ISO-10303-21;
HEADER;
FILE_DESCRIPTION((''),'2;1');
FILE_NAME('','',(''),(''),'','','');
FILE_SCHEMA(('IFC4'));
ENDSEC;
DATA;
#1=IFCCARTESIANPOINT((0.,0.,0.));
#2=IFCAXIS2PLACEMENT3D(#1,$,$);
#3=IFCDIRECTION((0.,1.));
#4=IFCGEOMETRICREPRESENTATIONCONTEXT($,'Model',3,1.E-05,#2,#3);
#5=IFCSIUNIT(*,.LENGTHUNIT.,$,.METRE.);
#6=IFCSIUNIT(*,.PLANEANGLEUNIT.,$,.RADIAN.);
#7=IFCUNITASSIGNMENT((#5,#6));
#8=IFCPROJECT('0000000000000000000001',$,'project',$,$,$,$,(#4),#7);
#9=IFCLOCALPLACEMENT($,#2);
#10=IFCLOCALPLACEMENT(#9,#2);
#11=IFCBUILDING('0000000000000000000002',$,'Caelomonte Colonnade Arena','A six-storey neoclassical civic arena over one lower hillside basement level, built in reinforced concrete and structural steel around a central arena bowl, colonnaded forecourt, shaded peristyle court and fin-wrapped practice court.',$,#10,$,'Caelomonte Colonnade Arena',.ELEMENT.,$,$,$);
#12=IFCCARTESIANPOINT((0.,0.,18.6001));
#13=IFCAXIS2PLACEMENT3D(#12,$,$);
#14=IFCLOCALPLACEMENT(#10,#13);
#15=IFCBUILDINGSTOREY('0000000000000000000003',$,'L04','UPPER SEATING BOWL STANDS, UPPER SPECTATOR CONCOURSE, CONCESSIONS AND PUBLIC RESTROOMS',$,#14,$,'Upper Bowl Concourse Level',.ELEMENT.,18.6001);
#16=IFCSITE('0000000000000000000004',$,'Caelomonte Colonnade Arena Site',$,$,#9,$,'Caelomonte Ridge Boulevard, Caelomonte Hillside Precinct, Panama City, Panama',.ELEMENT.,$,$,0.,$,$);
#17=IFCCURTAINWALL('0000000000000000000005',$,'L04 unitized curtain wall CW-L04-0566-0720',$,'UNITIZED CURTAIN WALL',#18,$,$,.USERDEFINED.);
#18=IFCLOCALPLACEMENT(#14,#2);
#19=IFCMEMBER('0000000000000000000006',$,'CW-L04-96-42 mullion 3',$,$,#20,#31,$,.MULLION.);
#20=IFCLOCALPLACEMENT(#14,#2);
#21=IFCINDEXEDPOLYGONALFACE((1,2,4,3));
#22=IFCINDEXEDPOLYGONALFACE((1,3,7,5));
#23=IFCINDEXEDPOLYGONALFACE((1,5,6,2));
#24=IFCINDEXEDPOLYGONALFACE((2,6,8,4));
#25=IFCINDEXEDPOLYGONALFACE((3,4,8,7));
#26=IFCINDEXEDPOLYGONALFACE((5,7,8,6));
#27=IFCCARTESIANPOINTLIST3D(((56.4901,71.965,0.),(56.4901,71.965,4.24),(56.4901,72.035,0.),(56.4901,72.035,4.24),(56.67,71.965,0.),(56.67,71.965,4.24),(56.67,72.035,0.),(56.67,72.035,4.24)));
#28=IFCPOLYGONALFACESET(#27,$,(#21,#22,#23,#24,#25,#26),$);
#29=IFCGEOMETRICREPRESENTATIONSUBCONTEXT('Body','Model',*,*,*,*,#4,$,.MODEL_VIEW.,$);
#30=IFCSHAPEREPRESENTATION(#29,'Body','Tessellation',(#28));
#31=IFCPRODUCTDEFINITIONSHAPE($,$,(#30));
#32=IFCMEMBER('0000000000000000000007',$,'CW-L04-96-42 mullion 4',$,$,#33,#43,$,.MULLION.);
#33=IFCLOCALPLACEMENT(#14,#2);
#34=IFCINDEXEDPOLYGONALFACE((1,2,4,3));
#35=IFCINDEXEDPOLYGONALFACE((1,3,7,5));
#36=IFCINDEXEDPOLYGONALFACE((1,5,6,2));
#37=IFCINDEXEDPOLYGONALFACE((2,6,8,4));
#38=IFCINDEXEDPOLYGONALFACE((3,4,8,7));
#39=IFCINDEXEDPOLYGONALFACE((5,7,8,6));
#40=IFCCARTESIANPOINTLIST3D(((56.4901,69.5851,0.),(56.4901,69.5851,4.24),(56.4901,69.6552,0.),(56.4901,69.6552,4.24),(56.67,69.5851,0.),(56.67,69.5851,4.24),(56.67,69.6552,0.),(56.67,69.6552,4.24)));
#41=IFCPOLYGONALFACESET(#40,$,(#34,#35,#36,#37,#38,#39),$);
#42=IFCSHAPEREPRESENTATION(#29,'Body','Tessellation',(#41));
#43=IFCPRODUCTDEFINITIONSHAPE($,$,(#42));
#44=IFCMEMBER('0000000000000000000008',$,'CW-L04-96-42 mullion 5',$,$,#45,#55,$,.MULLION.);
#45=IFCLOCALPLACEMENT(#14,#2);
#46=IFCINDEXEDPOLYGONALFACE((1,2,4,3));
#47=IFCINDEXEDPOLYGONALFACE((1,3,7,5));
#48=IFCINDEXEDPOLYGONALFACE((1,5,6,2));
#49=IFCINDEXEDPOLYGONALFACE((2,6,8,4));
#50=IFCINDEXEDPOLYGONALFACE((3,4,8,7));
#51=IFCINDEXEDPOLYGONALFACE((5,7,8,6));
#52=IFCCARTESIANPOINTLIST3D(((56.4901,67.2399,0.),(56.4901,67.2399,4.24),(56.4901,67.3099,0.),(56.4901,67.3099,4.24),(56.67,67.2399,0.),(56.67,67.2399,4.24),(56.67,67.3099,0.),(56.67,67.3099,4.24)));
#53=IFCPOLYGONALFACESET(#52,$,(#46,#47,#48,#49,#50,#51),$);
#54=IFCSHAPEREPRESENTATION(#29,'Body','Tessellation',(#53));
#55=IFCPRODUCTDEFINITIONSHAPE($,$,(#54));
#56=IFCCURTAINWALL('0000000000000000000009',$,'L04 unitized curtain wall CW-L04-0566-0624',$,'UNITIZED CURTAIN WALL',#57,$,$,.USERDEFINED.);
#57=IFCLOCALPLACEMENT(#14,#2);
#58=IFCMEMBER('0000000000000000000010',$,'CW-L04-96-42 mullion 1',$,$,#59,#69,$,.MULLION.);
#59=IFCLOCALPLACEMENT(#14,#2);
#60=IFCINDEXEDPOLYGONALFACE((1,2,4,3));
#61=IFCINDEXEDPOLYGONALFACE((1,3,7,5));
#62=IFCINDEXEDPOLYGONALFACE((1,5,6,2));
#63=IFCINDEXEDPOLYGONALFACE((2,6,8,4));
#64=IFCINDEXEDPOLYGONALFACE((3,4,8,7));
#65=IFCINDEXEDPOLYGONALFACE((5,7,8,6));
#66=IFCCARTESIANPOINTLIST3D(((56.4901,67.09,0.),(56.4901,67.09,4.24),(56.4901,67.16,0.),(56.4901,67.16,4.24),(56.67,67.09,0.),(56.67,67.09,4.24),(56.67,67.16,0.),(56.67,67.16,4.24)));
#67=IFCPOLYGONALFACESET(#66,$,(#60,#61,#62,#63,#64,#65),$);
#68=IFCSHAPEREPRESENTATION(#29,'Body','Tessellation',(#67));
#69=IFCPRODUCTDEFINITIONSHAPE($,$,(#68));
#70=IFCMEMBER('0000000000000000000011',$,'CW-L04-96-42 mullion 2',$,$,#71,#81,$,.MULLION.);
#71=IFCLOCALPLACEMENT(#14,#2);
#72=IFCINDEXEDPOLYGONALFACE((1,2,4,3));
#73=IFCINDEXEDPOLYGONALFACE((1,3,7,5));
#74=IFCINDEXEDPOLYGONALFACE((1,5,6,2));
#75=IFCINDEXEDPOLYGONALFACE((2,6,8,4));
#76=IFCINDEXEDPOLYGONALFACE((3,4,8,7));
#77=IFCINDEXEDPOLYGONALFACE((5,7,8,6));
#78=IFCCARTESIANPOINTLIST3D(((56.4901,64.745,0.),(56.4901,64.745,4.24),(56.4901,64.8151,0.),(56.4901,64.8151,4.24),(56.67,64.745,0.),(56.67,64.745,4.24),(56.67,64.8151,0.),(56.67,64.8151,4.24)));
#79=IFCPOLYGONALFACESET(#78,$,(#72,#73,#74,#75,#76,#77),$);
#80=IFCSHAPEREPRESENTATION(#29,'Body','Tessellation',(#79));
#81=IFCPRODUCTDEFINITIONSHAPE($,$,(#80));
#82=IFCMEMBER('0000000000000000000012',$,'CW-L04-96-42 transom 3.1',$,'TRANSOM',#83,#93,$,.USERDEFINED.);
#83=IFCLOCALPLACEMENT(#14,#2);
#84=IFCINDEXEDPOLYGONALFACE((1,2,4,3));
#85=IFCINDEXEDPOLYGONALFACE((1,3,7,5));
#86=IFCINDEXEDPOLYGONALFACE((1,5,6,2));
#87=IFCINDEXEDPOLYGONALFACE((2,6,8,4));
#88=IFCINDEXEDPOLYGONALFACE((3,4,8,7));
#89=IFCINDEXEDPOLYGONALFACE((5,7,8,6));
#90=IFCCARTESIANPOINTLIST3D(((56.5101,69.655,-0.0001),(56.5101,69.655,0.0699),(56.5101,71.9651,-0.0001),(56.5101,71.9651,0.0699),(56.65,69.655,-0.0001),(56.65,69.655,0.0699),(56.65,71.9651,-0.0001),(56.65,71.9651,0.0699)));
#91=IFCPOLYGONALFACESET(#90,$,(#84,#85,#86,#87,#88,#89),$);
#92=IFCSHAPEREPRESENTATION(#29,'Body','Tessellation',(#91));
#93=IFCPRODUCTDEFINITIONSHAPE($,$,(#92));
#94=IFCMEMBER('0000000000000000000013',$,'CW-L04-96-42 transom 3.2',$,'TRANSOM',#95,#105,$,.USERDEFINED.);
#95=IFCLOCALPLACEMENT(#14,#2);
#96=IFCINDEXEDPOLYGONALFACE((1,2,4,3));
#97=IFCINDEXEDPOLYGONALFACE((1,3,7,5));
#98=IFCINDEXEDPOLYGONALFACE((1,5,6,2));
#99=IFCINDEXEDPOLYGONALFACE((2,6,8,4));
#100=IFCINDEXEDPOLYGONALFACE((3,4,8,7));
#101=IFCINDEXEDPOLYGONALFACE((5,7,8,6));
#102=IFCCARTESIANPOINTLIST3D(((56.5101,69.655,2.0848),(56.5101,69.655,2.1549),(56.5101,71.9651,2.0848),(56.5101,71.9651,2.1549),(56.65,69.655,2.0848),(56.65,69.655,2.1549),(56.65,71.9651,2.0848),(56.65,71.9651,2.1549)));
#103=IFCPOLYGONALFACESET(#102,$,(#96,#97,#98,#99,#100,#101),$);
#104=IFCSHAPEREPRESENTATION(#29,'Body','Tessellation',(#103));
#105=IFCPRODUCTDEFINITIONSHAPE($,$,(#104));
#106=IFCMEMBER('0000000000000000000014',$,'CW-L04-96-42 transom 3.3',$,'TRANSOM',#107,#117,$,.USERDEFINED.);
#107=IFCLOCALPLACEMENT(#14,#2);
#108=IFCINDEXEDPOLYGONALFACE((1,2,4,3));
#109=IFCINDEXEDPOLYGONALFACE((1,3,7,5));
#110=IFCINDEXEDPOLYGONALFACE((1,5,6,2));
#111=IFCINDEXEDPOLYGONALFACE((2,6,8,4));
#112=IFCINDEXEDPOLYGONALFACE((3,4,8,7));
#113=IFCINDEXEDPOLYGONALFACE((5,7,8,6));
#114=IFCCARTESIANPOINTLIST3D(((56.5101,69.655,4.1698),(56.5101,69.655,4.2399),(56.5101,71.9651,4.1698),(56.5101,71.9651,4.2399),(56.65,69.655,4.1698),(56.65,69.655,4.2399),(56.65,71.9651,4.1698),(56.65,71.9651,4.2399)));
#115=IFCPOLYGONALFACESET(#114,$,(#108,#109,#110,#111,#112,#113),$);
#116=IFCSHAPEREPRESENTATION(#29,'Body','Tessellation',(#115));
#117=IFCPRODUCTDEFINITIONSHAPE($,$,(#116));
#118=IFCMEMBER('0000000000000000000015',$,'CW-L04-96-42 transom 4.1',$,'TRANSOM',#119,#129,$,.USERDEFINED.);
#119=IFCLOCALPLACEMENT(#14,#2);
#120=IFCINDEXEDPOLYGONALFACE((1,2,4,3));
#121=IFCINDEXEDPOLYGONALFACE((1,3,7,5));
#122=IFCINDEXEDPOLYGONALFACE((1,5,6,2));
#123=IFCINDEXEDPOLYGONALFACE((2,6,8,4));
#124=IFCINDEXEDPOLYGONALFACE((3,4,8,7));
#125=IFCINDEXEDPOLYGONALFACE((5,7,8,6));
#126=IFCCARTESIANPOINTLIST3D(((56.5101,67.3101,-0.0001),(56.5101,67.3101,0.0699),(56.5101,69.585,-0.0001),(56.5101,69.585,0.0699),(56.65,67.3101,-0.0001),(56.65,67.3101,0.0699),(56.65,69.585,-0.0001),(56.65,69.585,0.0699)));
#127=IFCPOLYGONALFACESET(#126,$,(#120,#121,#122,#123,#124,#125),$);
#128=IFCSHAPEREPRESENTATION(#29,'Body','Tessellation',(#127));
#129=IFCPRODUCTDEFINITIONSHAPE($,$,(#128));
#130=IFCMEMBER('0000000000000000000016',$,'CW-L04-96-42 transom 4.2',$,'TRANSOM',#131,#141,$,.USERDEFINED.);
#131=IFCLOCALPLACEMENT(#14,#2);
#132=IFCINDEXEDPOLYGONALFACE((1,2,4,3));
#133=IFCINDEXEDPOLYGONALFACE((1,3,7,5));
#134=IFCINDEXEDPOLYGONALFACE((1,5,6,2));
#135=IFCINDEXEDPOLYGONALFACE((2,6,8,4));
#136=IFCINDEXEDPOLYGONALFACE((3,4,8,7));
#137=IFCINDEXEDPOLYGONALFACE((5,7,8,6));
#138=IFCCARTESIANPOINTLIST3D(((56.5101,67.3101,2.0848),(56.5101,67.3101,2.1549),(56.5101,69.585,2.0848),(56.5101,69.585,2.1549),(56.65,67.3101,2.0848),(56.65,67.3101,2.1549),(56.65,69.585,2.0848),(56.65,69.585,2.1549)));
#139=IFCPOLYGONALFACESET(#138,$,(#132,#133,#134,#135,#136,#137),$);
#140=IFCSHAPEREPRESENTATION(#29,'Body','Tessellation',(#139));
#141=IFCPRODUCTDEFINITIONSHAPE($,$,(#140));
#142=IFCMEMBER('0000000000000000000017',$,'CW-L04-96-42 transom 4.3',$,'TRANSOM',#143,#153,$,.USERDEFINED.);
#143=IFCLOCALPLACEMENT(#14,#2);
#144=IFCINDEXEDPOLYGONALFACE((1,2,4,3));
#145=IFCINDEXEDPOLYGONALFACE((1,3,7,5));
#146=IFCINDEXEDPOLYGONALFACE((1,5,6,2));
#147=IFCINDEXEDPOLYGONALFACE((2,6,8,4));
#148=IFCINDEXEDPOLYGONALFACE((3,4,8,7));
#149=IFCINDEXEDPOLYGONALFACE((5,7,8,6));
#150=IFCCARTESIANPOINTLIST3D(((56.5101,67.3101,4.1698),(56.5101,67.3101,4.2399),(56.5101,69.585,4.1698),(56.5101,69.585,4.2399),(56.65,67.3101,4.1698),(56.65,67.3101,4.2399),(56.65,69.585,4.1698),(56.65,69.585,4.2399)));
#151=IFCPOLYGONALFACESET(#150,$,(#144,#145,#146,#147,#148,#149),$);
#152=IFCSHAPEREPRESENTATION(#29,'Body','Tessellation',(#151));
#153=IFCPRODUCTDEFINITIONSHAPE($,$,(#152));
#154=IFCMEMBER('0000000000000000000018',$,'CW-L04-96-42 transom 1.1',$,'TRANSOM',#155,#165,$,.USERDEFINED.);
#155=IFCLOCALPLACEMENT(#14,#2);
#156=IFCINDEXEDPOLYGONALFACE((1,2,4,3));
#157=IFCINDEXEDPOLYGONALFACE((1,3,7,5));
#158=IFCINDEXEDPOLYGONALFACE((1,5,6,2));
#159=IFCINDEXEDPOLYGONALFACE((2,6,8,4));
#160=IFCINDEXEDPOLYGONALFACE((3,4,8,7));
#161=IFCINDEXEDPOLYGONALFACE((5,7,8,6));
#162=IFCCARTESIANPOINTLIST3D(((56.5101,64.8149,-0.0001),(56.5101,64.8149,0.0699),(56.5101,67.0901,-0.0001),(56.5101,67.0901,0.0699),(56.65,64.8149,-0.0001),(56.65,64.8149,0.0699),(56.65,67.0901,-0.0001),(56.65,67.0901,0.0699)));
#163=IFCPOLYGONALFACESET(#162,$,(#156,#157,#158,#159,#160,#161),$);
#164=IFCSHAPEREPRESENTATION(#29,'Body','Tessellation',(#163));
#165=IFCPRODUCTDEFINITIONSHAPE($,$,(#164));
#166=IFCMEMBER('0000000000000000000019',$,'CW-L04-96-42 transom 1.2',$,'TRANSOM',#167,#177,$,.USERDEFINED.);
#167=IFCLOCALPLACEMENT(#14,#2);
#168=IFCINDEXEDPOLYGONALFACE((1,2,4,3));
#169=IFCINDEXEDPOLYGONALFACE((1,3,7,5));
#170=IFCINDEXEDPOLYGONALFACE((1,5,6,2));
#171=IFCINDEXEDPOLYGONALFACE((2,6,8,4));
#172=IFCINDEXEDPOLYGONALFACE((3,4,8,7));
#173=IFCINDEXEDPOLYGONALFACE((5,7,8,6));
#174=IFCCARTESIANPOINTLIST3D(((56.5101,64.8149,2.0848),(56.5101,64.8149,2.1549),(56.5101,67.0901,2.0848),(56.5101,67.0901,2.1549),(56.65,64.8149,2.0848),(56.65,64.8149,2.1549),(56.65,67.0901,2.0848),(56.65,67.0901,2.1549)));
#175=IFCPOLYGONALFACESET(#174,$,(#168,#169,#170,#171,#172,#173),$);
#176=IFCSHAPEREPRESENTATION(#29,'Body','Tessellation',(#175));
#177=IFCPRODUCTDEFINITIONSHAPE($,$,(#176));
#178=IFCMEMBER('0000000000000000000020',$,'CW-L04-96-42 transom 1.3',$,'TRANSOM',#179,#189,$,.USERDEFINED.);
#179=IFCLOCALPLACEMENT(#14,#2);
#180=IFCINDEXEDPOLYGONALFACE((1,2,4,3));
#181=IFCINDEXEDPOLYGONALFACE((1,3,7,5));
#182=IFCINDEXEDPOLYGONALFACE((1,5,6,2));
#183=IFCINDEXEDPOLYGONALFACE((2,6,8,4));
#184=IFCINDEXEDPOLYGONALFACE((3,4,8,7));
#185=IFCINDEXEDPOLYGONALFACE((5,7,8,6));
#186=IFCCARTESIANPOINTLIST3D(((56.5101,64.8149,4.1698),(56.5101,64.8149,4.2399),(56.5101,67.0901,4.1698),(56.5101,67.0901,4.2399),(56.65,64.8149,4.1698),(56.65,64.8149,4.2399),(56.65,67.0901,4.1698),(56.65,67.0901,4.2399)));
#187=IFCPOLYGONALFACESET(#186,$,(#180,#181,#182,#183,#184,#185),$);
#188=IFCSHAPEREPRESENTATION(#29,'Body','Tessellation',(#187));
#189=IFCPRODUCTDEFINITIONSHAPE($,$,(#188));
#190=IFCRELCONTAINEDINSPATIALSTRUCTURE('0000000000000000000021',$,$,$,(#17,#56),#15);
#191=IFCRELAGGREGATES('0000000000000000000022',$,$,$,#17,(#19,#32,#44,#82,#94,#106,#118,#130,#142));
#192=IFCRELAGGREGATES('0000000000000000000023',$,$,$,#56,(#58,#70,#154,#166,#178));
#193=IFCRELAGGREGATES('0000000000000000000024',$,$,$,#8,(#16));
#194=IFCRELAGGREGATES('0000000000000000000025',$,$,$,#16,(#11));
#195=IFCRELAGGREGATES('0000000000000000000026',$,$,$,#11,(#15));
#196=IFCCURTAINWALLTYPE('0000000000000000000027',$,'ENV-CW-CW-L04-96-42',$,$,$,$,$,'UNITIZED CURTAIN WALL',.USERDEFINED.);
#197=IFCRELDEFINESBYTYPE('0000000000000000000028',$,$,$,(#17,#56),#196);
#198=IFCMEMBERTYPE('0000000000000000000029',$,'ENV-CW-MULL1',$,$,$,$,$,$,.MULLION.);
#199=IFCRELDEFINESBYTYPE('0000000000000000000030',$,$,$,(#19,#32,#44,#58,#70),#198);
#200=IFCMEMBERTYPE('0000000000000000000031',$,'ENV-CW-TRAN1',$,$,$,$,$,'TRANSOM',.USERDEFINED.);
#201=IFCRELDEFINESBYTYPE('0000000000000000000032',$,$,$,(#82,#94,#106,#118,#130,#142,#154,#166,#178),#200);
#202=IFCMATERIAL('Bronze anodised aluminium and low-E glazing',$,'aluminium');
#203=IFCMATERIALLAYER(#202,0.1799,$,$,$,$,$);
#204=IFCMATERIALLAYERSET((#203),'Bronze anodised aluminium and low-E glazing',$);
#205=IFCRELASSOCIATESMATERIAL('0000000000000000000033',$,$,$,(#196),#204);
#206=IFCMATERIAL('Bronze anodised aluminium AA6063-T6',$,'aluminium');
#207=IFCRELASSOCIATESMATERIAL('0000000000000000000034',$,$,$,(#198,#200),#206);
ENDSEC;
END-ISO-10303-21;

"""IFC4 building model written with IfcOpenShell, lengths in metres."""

from ifc_helpers import new_model, si_unit, direction, frame, origin, origin_2d, place, context, subcontext, project, spatial, rectangle, extrude, material, layer, layer_set, material_profile, profile_set, type_object, element, aggregate, save


model = new_model("IFC4")

# Units and contexts
model_context = context("Model", 3, precision=1e-05, world=origin(), true_north=direction((0.0, 1.0)))
body_context = subcontext(model_context, "Body", "Model", "MODEL_VIEW")
ifc_project = project(units=[si_unit("LENGTHUNIT", "METRE"), si_unit("PLANEANGLEUNIT", "RADIAN")], contexts=[model_context])

# Site, building, storey
site_placement = place(None, origin())
site = spatial("IfcSite", under=ifc_project, at=site_placement, Name="Caelomonte Colonnade Arena Site", LongName="Caelomonte Ridge Boulevard, Caelomonte Hillside Precinct, Panama City, Panama", CompositionType="ELEMENT", RefElevation=0.0)
building_placement = place(site_placement, origin())
building = spatial("IfcBuilding", under=site, at=building_placement, Name="Caelomonte Colonnade Arena", Description="A six-storey neoclassical civic arena over one lower hillside basement level, built in reinforced concrete and structural steel around a central arena bowl, colonnaded forecourt, shaded peristyle court and fin-wrapped practice court.", LongName="Caelomonte Colonnade Arena", CompositionType="ELEMENT")
storey_placement = place(building_placement, frame((0.0, 0.0, 18.6001)))
storey = spatial("IfcBuildingStorey", under=building, at=storey_placement, Name="L04", Description="UPPER SEATING BOWL STANDS, UPPER SPECTATOR CONCOURSE, CONCESSIONS AND PUBLIC RESTROOMS", LongName="Upper Bowl Concourse Level", CompositionType="ELEMENT", Elevation=18.6001)

# Curtain walls, members
ifc_material_1 = material(Name="Bronze anodised aluminium and low-E glazing", Category="aluminium")
ifc_layer_1 = layer(ifc_material_1, 0.1799)
ifc_layer_set_1 = layer_set([ifc_layer_1], Name="Bronze anodised aluminium and low-E glazing")
curtain_wall_type = type_object("IfcCurtainWallType", Name="ENV-CW-CW-L04-96-42", ElementType="UNITIZED CURTAIN WALL", PredefinedType="USERDEFINED", material=ifc_layer_set_1)
curtain_wall_1_placement = place(storey_placement, origin())
curtain_wall_1 = element("IfcCurtainWall", 1, at=curtain_wall_1_placement, inside=storey, type_object=curtain_wall_type, Name="L04 unitized curtain wall CW-L04-0566-0720", ObjectType="UNITIZED CURTAIN WALL", PredefinedType="USERDEFINED")
ifc_material_2 = material(Name="Bronze anodised aluminium AA6063-T6", Category="aluminium")
ifc_material_profile_1 = material_profile(ifc_material_2, rectangle(XDim=0.0701, YDim=0.1799, at=origin_2d()), Name="CWM-70X180")
ifc_profile_set_1 = profile_set([ifc_material_profile_1], Name="Bronze anodised aluminium AA6063-T6")
member_type_1 = type_object("IfcMemberType", Name="ENV-CW-MULL1", PredefinedType="MULLION", material=ifc_profile_set_1)
member_1_placement = place(storey_placement, frame((56.5801, 72.0, 0.0), z_axis=(0.0, 0.0, 1.0), x_axis=(0.0, -1.0, 0.0)))
member_1 = element("IfcMember", 2, at=member_1_placement, type_object=member_type_1, Name="CW-L04-96-42 mullion 3", PredefinedType="MULLION", context=body_context, shape_type="SweptSolid", body=[
    extrude(rectangle(XDim=0.0701, YDim=0.1799, at=origin_2d()), origin(), (0.0, 0.0, 1.0), 4.24),
])
member_2_placement = place(storey_placement, frame((56.5801, 69.6201, 0.0), z_axis=(0.0, 0.0, 1.0), x_axis=(0.0, -1.0, 0.0)))
member_2 = element("IfcMember", 3, at=member_2_placement, type_object=member_type_1, Name="CW-L04-96-42 mullion 4", PredefinedType="MULLION", context=body_context, shape_type="SweptSolid", body=[
    extrude(rectangle(XDim=0.0701, YDim=0.1799, at=origin_2d()), origin(), (0.0, 0.0, 1.0), 4.24),
])
member_3_placement = place(storey_placement, frame((56.5801, 67.2749, 0.0), z_axis=(0.0, 0.0, 1.0), x_axis=(0.0, -1.0, 0.0)))
member_3 = element("IfcMember", 4, at=member_3_placement, type_object=member_type_1, Name="CW-L04-96-42 mullion 5", PredefinedType="MULLION", context=body_context, shape_type="SweptSolid", body=[
    extrude(rectangle(XDim=0.0701, YDim=0.1799, at=origin_2d()), origin(), (0.0, 0.0, 1.0), 4.24),
])
curtain_wall_2_placement = place(storey_placement, origin())
curtain_wall_2 = element("IfcCurtainWall", 5, at=curtain_wall_2_placement, inside=storey, type_object=curtain_wall_type, Name="L04 unitized curtain wall CW-L04-0566-0624", ObjectType="UNITIZED CURTAIN WALL", PredefinedType="USERDEFINED")
member_4_placement = place(storey_placement, frame((56.5801, 67.125, 0.0), z_axis=(0.0, 0.0, 1.0), x_axis=(0.0, -1.0, 0.0)))
member_4 = element("IfcMember", 6, at=member_4_placement, type_object=member_type_1, Name="CW-L04-96-42 mullion 1", PredefinedType="MULLION", context=body_context, shape_type="SweptSolid", body=[
    extrude(rectangle(XDim=0.0701, YDim=0.1799, at=origin_2d()), origin(), (0.0, 0.0, 1.0), 4.24),
])
member_5_placement = place(storey_placement, frame((56.5801, 64.78, 0.0), z_axis=(0.0, 0.0, 1.0), x_axis=(0.0, -1.0, 0.0)))
member_5 = element("IfcMember", 7, at=member_5_placement, type_object=member_type_1, Name="CW-L04-96-42 mullion 2", PredefinedType="MULLION", context=body_context, shape_type="SweptSolid", body=[
    extrude(rectangle(XDim=0.0701, YDim=0.1799, at=origin_2d()), origin(), (0.0, 0.0, 1.0), 4.24),
])

# Members
ifc_material_profile_2 = material_profile(ifc_material_2, rectangle(XDim=0.0701, YDim=0.1399, at=origin_2d()), Name="CWT-70X140")
ifc_profile_set_2 = profile_set([ifc_material_profile_2], Name="Bronze anodised aluminium AA6063-T6")
member_type_2 = type_object("IfcMemberType", Name="ENV-CW-TRAN1", ElementType="TRANSOM", PredefinedType="USERDEFINED", material=ifc_profile_set_2)
member_6_placement = place(storey_placement, frame((56.5801, 71.9651, 0.0349), z_axis=(0.0, -1.0, 0.0), x_axis=(0.0, 0.0, 1.0)))
member_6 = element("IfcMember", 8, at=member_6_placement, type_object=member_type_2, Name="CW-L04-96-42 transom 3.1", ObjectType="TRANSOM", PredefinedType="USERDEFINED", context=body_context, shape_type="SweptSolid", body=[
    extrude(rectangle(XDim=0.0701, YDim=0.1399, at=origin_2d()), origin(), (0.0, 0.0, 1.0), 2.3101),
])
member_7_placement = place(storey_placement, frame((56.5801, 71.9651, 2.1199), z_axis=(0.0, -1.0, 0.0), x_axis=(0.0, 0.0, 1.0)))
member_7 = element("IfcMember", 9, at=member_7_placement, type_object=member_type_2, Name="CW-L04-96-42 transom 3.2", ObjectType="TRANSOM", PredefinedType="USERDEFINED", context=body_context, shape_type="SweptSolid", body=[
    extrude(rectangle(XDim=0.0701, YDim=0.1399, at=origin_2d()), origin(), (0.0, 0.0, 1.0), 2.3101),
])
member_8_placement = place(storey_placement, frame((56.5801, 71.9651, 4.2048), z_axis=(0.0, -1.0, 0.0), x_axis=(0.0, 0.0, 1.0)))
member_8 = element("IfcMember", 10, at=member_8_placement, type_object=member_type_2, Name="CW-L04-96-42 transom 3.3", ObjectType="TRANSOM", PredefinedType="USERDEFINED", context=body_context, shape_type="SweptSolid", body=[
    extrude(rectangle(XDim=0.0701, YDim=0.1399, at=origin_2d()), origin(), (0.0, 0.0, 1.0), 2.3101),
])
member_9_placement = place(storey_placement, frame((56.5801, 69.585, 0.0349), z_axis=(0.0, -1.0, 0.0), x_axis=(0.0, 0.0, 1.0)))
member_9 = element("IfcMember", 11, at=member_9_placement, type_object=member_type_2, Name="CW-L04-96-42 transom 4.1", ObjectType="TRANSOM", PredefinedType="USERDEFINED", context=body_context, shape_type="SweptSolid", body=[
    extrude(rectangle(XDim=0.0701, YDim=0.1399, at=origin_2d()), origin(), (0.0, 0.0, 1.0), 2.2749),
])
member_10_placement = place(storey_placement, frame((56.5801, 69.585, 2.1199), z_axis=(0.0, -1.0, 0.0), x_axis=(0.0, 0.0, 1.0)))
member_10 = element("IfcMember", 12, at=member_10_placement, type_object=member_type_2, Name="CW-L04-96-42 transom 4.2", ObjectType="TRANSOM", PredefinedType="USERDEFINED", context=body_context, shape_type="SweptSolid", body=[
    extrude(rectangle(XDim=0.0701, YDim=0.1399, at=origin_2d()), origin(), (0.0, 0.0, 1.0), 2.2749),
])
member_11_placement = place(storey_placement, frame((56.5801, 69.585, 4.2048), z_axis=(0.0, -1.0, 0.0), x_axis=(0.0, 0.0, 1.0)))
member_11 = element("IfcMember", 13, at=member_11_placement, type_object=member_type_2, Name="CW-L04-96-42 transom 4.3", ObjectType="TRANSOM", PredefinedType="USERDEFINED", context=body_context, shape_type="SweptSolid", body=[
    extrude(rectangle(XDim=0.0701, YDim=0.1399, at=origin_2d()), origin(), (0.0, 0.0, 1.0), 2.2749),
])
member_12_placement = place(storey_placement, frame((56.5801, 67.0901, 0.0349), z_axis=(0.0, -1.0, 0.0), x_axis=(0.0, 0.0, 1.0)))
member_12 = element("IfcMember", 14, at=member_12_placement, type_object=member_type_2, Name="CW-L04-96-42 transom 1.1", ObjectType="TRANSOM", PredefinedType="USERDEFINED", context=body_context, shape_type="SweptSolid", body=[
    extrude(rectangle(XDim=0.0701, YDim=0.1399, at=origin_2d()), origin(), (0.0, 0.0, 1.0), 2.2751),
])
member_13_placement = place(storey_placement, frame((56.5801, 67.0901, 2.1199), z_axis=(0.0, -1.0, 0.0), x_axis=(0.0, 0.0, 1.0)))
member_13 = element("IfcMember", 15, at=member_13_placement, type_object=member_type_2, Name="CW-L04-96-42 transom 1.2", ObjectType="TRANSOM", PredefinedType="USERDEFINED", context=body_context, shape_type="SweptSolid", body=[
    extrude(rectangle(XDim=0.0701, YDim=0.1399, at=origin_2d()), origin(), (0.0, 0.0, 1.0), 2.2751),
])
member_14_placement = place(storey_placement, frame((56.5801, 67.0901, 4.2048), z_axis=(0.0, -1.0, 0.0), x_axis=(0.0, 0.0, 1.0)))
member_14 = element("IfcMember", 16, at=member_14_placement, type_object=member_type_2, Name="CW-L04-96-42 transom 1.3", ObjectType="TRANSOM", PredefinedType="USERDEFINED", context=body_context, shape_type="SweptSolid", body=[
    extrude(rectangle(XDim=0.0701, YDim=0.1399, at=origin_2d()), origin(), (0.0, 0.0, 1.0), 2.2751),
])

aggregate(curtain_wall_1, [member_1, member_2, member_3, member_6, member_7, member_8, member_9, member_10, member_11])
aggregate(curtain_wall_2, [member_4, member_5, member_12, member_13, member_14])

save(model, "model.ifc")
